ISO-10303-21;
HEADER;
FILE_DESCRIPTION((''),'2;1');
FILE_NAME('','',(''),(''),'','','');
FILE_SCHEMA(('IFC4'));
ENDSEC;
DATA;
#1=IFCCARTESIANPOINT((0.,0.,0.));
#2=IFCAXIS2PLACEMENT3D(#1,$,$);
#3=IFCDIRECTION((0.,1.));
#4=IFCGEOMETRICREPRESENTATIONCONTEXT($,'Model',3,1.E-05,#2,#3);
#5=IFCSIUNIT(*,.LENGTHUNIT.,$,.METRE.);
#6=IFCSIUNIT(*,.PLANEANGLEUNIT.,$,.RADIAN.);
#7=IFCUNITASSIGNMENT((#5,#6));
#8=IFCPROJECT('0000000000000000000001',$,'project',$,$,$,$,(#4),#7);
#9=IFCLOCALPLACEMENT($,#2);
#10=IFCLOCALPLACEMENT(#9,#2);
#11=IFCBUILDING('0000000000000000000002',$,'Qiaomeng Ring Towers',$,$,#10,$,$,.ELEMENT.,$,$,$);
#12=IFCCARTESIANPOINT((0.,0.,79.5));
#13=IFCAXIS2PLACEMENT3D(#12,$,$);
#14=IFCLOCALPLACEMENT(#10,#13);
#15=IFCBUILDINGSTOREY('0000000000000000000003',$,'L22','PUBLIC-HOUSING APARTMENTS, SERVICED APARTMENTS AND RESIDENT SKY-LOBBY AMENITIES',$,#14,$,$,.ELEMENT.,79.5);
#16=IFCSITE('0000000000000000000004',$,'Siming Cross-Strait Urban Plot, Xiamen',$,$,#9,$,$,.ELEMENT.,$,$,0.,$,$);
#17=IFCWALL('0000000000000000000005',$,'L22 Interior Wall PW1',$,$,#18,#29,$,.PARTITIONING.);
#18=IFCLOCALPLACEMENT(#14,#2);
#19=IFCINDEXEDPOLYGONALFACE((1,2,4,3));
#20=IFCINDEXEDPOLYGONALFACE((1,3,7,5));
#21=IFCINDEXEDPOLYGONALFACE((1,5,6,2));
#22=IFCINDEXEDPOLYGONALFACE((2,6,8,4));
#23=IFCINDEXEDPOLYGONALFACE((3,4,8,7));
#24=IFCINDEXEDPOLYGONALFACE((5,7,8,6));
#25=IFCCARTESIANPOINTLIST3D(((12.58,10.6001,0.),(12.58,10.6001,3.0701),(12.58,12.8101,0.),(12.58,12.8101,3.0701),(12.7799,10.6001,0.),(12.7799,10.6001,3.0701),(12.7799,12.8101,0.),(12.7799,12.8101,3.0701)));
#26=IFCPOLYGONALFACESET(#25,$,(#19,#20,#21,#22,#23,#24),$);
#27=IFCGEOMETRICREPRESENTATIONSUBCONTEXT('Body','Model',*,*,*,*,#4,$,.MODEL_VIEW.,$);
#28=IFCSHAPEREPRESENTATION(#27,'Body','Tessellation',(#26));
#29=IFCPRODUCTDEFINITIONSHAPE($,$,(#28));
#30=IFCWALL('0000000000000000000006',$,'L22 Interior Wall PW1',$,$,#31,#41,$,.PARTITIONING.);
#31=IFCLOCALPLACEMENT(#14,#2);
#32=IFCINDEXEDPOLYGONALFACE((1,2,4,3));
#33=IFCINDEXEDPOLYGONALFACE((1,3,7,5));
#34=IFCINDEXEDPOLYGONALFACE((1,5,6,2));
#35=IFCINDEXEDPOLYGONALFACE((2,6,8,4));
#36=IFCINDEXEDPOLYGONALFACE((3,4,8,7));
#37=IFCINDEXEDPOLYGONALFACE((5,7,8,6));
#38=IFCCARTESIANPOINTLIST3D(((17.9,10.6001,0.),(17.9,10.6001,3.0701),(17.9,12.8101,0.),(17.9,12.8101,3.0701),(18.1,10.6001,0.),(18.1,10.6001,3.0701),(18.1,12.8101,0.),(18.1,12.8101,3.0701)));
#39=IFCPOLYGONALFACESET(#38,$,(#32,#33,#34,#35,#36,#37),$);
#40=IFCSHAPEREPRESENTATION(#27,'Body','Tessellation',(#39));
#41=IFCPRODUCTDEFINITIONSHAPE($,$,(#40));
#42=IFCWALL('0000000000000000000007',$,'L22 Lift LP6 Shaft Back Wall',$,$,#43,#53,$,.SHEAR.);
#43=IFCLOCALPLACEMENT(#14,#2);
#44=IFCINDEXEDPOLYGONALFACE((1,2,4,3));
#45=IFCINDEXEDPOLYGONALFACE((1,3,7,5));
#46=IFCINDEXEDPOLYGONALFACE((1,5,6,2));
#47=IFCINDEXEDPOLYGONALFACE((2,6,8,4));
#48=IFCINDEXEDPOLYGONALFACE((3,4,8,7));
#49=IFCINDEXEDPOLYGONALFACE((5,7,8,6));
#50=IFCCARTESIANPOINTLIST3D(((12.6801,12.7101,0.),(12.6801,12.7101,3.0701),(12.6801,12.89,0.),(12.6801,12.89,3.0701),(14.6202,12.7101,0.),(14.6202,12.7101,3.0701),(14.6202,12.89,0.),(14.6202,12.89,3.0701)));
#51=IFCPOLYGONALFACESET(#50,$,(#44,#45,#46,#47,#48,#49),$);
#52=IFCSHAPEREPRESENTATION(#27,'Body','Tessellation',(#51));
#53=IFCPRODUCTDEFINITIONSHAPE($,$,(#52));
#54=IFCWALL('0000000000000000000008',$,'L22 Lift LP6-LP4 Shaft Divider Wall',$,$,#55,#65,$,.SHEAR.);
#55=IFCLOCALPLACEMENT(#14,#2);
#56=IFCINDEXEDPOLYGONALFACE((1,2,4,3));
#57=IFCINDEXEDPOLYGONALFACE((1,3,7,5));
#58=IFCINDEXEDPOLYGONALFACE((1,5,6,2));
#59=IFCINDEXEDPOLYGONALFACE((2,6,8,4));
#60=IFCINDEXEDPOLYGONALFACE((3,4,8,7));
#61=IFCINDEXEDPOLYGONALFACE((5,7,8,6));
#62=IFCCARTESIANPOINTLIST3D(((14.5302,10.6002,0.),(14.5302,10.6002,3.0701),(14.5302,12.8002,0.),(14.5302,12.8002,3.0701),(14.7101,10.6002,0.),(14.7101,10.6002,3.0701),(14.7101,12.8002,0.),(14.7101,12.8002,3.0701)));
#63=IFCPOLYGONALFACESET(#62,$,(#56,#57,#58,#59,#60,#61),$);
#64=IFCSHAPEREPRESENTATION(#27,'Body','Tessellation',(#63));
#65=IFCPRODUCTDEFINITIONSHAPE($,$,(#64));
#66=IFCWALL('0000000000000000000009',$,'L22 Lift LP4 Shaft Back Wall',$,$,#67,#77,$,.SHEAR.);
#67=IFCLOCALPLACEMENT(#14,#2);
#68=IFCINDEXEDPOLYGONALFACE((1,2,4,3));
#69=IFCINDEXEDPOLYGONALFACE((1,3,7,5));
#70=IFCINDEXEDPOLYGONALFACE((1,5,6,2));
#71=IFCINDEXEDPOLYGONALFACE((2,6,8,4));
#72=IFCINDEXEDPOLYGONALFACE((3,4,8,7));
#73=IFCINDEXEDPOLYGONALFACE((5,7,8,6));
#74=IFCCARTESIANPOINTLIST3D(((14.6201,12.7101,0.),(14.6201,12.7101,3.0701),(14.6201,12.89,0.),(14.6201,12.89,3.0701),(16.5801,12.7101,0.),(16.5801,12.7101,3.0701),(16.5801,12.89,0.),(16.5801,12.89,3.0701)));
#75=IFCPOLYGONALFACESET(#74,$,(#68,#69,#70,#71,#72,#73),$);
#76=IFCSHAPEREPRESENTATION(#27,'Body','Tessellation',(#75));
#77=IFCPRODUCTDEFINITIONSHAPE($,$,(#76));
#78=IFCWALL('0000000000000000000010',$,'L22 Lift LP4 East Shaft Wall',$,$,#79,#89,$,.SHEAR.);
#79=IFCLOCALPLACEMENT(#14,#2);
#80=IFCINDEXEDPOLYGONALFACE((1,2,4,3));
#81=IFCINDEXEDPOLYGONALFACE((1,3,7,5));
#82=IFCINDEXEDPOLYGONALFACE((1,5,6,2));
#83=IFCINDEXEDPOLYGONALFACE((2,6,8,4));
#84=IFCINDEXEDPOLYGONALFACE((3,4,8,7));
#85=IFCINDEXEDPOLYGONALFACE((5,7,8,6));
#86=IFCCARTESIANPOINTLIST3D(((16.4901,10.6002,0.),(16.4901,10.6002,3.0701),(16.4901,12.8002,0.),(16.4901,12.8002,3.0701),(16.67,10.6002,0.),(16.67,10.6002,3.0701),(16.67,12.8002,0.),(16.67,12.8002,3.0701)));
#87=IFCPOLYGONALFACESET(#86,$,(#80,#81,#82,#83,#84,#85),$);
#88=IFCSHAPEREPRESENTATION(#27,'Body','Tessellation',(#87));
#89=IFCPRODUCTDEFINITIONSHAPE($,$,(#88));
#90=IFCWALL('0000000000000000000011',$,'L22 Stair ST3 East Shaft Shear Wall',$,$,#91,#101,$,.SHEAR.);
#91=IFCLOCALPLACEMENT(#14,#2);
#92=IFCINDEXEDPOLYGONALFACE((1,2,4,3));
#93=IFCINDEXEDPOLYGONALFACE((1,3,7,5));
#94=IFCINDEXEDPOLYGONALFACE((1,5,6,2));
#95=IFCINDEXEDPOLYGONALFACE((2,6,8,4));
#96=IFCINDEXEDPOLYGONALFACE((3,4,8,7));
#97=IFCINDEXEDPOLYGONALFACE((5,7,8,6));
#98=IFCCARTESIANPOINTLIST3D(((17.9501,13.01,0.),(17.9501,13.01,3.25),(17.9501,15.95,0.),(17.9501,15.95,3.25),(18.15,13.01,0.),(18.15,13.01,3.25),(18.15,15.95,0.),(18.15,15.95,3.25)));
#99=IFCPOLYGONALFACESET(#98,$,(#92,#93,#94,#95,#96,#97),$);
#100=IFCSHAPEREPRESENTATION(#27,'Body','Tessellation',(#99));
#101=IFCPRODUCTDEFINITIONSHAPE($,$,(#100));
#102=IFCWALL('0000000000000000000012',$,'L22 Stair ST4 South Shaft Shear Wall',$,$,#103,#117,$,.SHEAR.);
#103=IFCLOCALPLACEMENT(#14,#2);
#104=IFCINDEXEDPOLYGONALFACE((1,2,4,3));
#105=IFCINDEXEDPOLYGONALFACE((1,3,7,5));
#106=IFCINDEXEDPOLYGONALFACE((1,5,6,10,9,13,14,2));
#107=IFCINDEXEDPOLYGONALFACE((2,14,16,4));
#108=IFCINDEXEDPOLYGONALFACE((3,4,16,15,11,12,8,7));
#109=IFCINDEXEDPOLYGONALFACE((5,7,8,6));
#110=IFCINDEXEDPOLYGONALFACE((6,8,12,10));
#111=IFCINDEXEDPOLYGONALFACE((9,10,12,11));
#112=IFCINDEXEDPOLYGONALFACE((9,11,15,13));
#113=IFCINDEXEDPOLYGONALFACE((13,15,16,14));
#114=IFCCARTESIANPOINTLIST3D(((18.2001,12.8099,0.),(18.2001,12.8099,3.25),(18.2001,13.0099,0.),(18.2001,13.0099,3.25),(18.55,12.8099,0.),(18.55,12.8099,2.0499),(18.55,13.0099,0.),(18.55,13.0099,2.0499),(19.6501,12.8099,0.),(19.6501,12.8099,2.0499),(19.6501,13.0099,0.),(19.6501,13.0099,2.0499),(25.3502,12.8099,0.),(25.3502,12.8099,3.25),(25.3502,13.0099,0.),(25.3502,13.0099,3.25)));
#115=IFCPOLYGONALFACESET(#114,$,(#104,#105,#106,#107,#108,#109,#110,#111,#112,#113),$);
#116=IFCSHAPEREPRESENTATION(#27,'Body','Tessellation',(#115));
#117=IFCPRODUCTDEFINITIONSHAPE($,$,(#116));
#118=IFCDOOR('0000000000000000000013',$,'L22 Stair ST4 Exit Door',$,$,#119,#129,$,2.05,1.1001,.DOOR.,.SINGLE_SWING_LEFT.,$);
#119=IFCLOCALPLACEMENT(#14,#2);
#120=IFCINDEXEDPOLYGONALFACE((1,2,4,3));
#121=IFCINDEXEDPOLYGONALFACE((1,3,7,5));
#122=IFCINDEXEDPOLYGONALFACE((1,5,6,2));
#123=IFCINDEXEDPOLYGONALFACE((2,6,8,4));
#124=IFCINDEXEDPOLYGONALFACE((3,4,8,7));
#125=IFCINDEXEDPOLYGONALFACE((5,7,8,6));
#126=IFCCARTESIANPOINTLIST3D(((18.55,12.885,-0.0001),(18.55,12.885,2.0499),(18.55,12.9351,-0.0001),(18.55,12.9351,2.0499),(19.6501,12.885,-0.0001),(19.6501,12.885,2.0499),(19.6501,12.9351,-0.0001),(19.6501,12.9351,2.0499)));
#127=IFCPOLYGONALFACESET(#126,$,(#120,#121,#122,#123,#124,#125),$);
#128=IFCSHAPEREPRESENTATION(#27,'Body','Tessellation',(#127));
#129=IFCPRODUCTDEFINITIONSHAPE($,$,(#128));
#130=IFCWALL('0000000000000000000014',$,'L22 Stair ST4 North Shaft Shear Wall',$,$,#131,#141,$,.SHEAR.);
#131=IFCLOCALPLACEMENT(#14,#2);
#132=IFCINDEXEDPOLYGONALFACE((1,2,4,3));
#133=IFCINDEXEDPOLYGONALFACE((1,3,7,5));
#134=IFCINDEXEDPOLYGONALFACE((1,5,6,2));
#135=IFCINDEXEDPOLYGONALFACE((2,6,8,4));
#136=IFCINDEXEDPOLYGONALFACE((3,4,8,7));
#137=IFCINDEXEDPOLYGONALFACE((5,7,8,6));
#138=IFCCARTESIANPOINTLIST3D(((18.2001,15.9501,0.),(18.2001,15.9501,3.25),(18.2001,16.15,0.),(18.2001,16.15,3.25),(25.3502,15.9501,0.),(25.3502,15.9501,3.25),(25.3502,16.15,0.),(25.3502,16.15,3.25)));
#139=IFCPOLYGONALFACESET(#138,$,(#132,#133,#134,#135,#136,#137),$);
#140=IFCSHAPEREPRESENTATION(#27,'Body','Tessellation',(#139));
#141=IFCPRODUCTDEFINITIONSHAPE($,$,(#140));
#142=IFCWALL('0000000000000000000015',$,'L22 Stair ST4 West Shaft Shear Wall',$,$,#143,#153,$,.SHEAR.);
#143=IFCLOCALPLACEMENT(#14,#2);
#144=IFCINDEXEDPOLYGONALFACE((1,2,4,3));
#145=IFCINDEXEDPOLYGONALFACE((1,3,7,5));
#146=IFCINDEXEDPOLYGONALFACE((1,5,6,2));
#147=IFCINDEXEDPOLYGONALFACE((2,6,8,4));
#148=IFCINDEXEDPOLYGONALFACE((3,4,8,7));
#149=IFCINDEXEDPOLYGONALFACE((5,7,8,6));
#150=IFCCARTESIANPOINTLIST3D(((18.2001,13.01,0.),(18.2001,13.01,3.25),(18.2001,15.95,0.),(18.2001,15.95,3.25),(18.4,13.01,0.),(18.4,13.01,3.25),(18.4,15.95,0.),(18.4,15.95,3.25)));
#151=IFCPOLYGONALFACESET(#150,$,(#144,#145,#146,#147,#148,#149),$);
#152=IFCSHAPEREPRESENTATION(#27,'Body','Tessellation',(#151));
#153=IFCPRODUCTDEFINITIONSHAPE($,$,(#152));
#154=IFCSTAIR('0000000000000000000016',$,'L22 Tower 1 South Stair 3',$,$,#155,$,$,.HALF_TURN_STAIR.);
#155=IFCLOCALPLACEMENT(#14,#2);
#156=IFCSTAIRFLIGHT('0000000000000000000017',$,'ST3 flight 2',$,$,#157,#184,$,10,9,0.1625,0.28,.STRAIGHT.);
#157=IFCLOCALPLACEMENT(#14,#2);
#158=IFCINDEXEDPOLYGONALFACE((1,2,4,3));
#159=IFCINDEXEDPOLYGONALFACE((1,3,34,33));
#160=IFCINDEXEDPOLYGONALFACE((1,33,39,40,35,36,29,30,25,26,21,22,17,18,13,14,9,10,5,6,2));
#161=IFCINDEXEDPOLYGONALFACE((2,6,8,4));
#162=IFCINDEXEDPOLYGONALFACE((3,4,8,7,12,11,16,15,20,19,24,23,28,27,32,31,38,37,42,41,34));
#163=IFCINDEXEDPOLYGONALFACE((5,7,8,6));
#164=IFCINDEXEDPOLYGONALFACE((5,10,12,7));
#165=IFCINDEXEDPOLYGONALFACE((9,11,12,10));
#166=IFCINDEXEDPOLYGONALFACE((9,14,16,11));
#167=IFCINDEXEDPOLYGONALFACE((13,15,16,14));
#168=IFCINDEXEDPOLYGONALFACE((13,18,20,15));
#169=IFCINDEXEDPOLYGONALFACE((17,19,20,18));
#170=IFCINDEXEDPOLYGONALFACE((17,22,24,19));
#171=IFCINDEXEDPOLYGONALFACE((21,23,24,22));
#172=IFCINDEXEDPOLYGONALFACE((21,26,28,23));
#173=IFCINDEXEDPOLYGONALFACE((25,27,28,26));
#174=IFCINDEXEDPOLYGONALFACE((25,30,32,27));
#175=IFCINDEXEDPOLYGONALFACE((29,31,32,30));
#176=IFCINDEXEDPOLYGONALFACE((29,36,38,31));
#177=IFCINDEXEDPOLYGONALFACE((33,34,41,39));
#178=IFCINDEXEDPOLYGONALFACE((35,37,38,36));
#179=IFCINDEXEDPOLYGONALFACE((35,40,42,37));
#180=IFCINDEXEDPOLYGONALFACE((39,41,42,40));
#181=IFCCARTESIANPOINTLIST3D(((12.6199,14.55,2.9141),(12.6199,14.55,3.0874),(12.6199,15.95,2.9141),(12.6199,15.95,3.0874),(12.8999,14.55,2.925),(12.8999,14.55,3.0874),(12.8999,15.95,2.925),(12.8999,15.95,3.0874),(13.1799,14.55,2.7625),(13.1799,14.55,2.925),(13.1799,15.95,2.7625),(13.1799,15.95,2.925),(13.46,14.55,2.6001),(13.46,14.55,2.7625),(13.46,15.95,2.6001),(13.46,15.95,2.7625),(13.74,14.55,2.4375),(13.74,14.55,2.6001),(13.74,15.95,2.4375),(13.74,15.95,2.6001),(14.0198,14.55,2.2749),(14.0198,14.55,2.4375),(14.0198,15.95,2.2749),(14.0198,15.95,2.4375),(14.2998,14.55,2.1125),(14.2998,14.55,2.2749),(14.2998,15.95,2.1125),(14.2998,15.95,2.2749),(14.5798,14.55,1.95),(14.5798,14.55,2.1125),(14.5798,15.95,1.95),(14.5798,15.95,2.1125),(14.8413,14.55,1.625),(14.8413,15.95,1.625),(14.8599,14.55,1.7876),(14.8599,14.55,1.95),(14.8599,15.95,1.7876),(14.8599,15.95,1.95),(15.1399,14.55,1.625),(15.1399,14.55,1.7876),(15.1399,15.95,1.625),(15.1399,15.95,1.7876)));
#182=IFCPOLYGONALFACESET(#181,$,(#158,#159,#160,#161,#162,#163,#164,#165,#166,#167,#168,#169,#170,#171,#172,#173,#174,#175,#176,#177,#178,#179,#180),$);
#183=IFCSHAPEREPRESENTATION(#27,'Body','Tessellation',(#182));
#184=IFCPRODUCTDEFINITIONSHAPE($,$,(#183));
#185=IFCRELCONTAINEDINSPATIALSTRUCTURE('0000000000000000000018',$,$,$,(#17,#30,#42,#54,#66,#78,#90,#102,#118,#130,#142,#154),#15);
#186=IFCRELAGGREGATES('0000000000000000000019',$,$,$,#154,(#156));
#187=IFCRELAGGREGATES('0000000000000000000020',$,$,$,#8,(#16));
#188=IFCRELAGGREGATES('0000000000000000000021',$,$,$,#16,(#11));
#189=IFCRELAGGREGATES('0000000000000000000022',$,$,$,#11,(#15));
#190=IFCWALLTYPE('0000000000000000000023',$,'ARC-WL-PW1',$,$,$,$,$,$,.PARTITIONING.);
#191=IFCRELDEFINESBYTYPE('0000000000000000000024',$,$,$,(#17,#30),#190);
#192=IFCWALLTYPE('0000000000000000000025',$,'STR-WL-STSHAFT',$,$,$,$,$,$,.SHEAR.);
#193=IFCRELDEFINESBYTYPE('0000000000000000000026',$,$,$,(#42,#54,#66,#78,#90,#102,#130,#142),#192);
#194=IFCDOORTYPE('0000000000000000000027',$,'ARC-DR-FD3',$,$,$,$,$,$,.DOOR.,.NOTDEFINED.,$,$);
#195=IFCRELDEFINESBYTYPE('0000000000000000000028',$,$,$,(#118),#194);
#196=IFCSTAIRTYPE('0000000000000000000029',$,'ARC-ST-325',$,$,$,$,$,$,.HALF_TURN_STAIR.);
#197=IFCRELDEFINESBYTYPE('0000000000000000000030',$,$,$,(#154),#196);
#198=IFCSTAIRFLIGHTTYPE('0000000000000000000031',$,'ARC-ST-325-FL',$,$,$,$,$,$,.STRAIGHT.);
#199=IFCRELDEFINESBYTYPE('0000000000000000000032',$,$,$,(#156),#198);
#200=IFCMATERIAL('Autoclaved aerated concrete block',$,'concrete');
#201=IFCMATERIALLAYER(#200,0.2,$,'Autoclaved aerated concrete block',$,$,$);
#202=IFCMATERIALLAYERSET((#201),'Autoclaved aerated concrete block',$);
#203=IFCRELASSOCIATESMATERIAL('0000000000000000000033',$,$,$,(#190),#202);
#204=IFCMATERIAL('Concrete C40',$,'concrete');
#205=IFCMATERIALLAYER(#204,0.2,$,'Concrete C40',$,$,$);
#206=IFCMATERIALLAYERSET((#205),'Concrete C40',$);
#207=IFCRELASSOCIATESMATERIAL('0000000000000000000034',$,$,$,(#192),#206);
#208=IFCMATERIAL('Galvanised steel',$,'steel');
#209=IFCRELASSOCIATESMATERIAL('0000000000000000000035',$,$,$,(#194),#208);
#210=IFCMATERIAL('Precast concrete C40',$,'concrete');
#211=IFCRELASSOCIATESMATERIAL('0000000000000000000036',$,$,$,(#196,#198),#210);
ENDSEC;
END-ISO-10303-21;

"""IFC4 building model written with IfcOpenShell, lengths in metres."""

from ifc_helpers import new_model, si_unit, direction, frame, frame_2d, origin, place, context, subcontext, project, spatial, polyline, rectangle, outline, extrude, source, transform, mapped, material, layer, layer_set, type_object, element, fill, aggregate, save


model = new_model("IFC4")

# Units and contexts
model_context = context("Model", 3, precision=1e-05, world=origin(), true_north=direction((0.0, 1.0)))
body_context = subcontext(model_context, "Body", "Model", "MODEL_VIEW")
ifc_project = project(units=[si_unit("LENGTHUNIT", "METRE"), si_unit("PLANEANGLEUNIT", "RADIAN")], contexts=[model_context])

# Site, building, storey
site_placement = place(None, origin())
site = spatial("IfcSite", under=ifc_project, at=site_placement, Name="Siming Cross-Strait Urban Plot, Xiamen", CompositionType="ELEMENT", RefElevation=0.0)
building_placement = place(site_placement, origin())
building = spatial("IfcBuilding", under=site, at=building_placement, Name="Qiaomeng Ring Towers", CompositionType="ELEMENT")
storey_placement = place(building_placement, frame((0.0, 0.0, 79.5)))
storey = spatial("IfcBuildingStorey", under=building, at=storey_placement, Name="L22", Description="PUBLIC-HOUSING APARTMENTS, SERVICED APARTMENTS AND RESIDENT SKY-LOBBY AMENITIES", CompositionType="ELEMENT", Elevation=79.5)

# Walls
ifc_material_1 = material(Name="Autoclaved aerated concrete block", Category="concrete")
ifc_layer_1 = layer(ifc_material_1, 0.2, Name="Autoclaved aerated concrete block")
ifc_layer_set_1 = layer_set([ifc_layer_1], Name="Autoclaved aerated concrete block")
wall_type_1 = type_object("IfcWallType", Name="ARC-WL-PW1", PredefinedType="PARTITIONING", material=ifc_layer_set_1)
for number, where, z_axis, x_axis, name in (
    (1, (12.6799, 10.6001, 0.0), (0.0, 0.0, 1.0), (0.0, 1.0, 0.0), "L22 Interior Wall PW1"),
    (2, (18.0, 10.6001, 0.0), (0.0, 0.0, 1.0), (0.0, 1.0, 0.0), "L22 Interior Wall PW1"),
):
    element("IfcWall", number, at=place(storey_placement, frame(where, z_axis=z_axis, x_axis=x_axis)), inside=storey, type_object=wall_type_1, Name=name, PredefinedType="PARTITIONING", context=body_context, shape_type="SweptSolid", body=[
        extrude(rectangle(XDim=2.21, YDim=0.2, at=frame_2d((1.105, 0.0))), origin(), (0.0, 0.0, 1.0), 3.0701),
    ])
ifc_material_2 = material(Name="Concrete C40", Category="concrete")
ifc_layer_2 = layer(ifc_material_2, 0.2, Name="Concrete C40")
ifc_layer_set_2 = layer_set([ifc_layer_2], Name="Concrete C40")
wall_type_2 = type_object("IfcWallType", Name="STR-WL-STSHAFT", PredefinedType="SHEAR", material=ifc_layer_set_2)
wall_1_placement = place(storey_placement, frame((12.6799, 12.8, 0.0), z_axis=(0.0, 0.0, 1.0), x_axis=(1.0, 0.0, 0.0)))
element("IfcWall", 3, at=wall_1_placement, inside=storey, type_object=wall_type_2, Name="L22 Lift LP6 Shaft Back Wall", PredefinedType="SHEAR", context=body_context, shape_type="SweptSolid", body=[
    extrude(rectangle(XDim=1.9402, YDim=0.1799, at=frame_2d((0.9702, 0.0))), origin(), (0.0, 0.0, 1.0), 3.0701),
])
wall_2_placement = place(storey_placement, frame((14.6201, 10.6001, 0.0), z_axis=(0.0, 0.0, 1.0), x_axis=(0.0, 1.0, 0.0)))
element("IfcWall", 4, at=wall_2_placement, inside=storey, type_object=wall_type_2, Name="L22 Lift LP6-LP4 Shaft Divider Wall", PredefinedType="SHEAR", context=body_context, shape_type="SweptSolid", body=[
    extrude(rectangle(XDim=2.2, YDim=0.1799, at=frame_2d((1.1001, 0.0))), origin(), (0.0, 0.0, 1.0), 3.0701),
])
wall_3_placement = place(storey_placement, frame((14.6201, 12.8, 0.0), z_axis=(0.0, 0.0, 1.0), x_axis=(1.0, 0.0, 0.0)))
element("IfcWall", 5, at=wall_3_placement, inside=storey, type_object=wall_type_2, Name="L22 Lift LP4 Shaft Back Wall", PredefinedType="SHEAR", context=body_context, shape_type="SweptSolid", body=[
    extrude(rectangle(XDim=1.96, YDim=0.1799, at=frame_2d((0.98, 0.0))), origin(), (0.0, 0.0, 1.0), 3.0701),
])
wall_4_placement = place(storey_placement, frame((16.5801, 10.6001, 0.0), z_axis=(0.0, 0.0, 1.0), x_axis=(0.0, 1.0, 0.0)))
element("IfcWall", 6, at=wall_4_placement, inside=storey, type_object=wall_type_2, Name="L22 Lift LP4 East Shaft Wall", PredefinedType="SHEAR", context=body_context, shape_type="SweptSolid", body=[
    extrude(rectangle(XDim=2.2, YDim=0.1799, at=frame_2d((1.1001, 0.0))), origin(), (0.0, 0.0, 1.0), 3.0701),
])
wall_5_placement = place(storey_placement, frame((18.05, 13.01, 0.0), z_axis=(0.0, 0.0, 1.0), x_axis=(0.0, 1.0, 0.0)))
element("IfcWall", 7, at=wall_5_placement, inside=storey, type_object=wall_type_2, Name="L22 Stair ST3 East Shaft Shear Wall", PredefinedType="SHEAR", context=body_context, shape_type="SweptSolid", body=[
    extrude(rectangle(XDim=2.9399, YDim=0.2, at=frame_2d((1.47, 0.0))), origin(), (0.0, 0.0, 1.0), 3.25),
])

# Wall, opening, door
wall_6_placement = place(storey_placement, frame((18.2, 12.9099, 0.0), z_axis=(0.0, 0.0, 1.0), x_axis=(1.0, 0.0, 0.0)))
wall_6 = element("IfcWall", 8, at=wall_6_placement, inside=storey, type_object=wall_type_2, Name="L22 Stair ST4 South Shaft Shear Wall", PredefinedType="SHEAR", context=body_context, shape_type="SweptSolid", body=[
    extrude(rectangle(XDim=7.1501, YDim=0.2, at=frame_2d((3.5752, 0.0))), origin(), (0.0, 0.0, 1.0), 3.25),
])
opening_placement = place(wall_6_placement, frame((0.3501, 0.0, 0.0)))
opening = element("IfcOpeningElement", 9, at=opening_placement, cuts=wall_6, PredefinedType="OPENING", context=body_context, shape_type="SweptSolid", body=[
    extrude(rectangle(XDim=1.1001, YDim=2.05, at=frame_2d((0.55, 1.0249))), frame((0.0, 0.1099, 0.0), z_axis=(0.0, -1.0, 0.0), x_axis=(1.0, 0.0, 0.0)), (0.0, 0.0, 1.0), 0.22),
])
ifc_material_3 = material(Name="Galvanised steel", Category="steel")
door_type = type_object("IfcDoorType", Name="ARC-DR-FD3", OperationType="NOTDEFINED", PredefinedType="DOOR", material=ifc_material_3)
shared_shape_1 = source(origin(), body_context, "Body", "SweptSolid", [
    extrude(rectangle(XDim=1.1001, YDim=2.05, at=frame_2d((0.55, 1.0249))), frame((0.0, 0.0249, 0.0), z_axis=(0.0, -1.0, 0.0), x_axis=(1.0, 0.0, 0.0)), (0.0, 0.0, 1.0), 0.05),
])
door_placement = place(opening_placement, frame((1.1001, 0.0, 0.0), z_axis=(0.0, 0.0, 1.0), x_axis=(-1.0, 0.0, 0.0)))
door = element("IfcDoor", 10, at=door_placement, inside=storey, type_object=door_type, Name="L22 Stair ST4 Exit Door", OperationType="SINGLE_SWING_LEFT", OverallHeight=2.05, OverallWidth=1.1001, PredefinedType="DOOR", context=body_context, shape_type="MappedRepresentation", body=[
    mapped(shared_shape_1, transform((0.0, 0.0, 0.0), x_axis=(1.0, 0.0, 0.0), y_axis=(0.0, 1.0, 0.0), z_axis=(0.0, 0.0, 1.0), scale=1.0)),
])
fill(opening, door)

# Walls
wall_7_placement = place(storey_placement, frame((18.2, 16.05, 0.0), z_axis=(0.0, 0.0, 1.0), x_axis=(1.0, 0.0, 0.0)))
element("IfcWall", 11, at=wall_7_placement, inside=storey, type_object=wall_type_2, Name="L22 Stair ST4 North Shaft Shear Wall", PredefinedType="SHEAR", context=body_context, shape_type="SweptSolid", body=[
    extrude(rectangle(XDim=7.1501, YDim=0.2, at=frame_2d((3.5752, 0.0))), origin(), (0.0, 0.0, 1.0), 3.25),
])
wall_8_placement = place(storey_placement, frame((18.3, 13.01, 0.0), z_axis=(0.0, 0.0, 1.0), x_axis=(0.0, 1.0, 0.0)))
element("IfcWall", 12, at=wall_8_placement, inside=storey, type_object=wall_type_2, Name="L22 Stair ST4 West Shaft Shear Wall", PredefinedType="SHEAR", context=body_context, shape_type="SweptSolid", body=[
    extrude(rectangle(XDim=2.9399, YDim=0.2, at=frame_2d((1.47, 0.0))), origin(), (0.0, 0.0, 1.0), 3.25),
])

# Stair, stair flight
ifc_material_4 = material(Name="Precast concrete C40", Category="concrete")
stair_type = type_object("IfcStairType", Name="ARC-ST-325", PredefinedType="HALF_TURN_STAIR", material=ifc_material_4)
stair_1_placement = place(storey_placement, origin())
stair_1 = element("IfcStair", 13, at=stair_1_placement, inside=storey, type_object=stair_type, Name="L22 Tower 1 South Stair 3", PredefinedType="HALF_TURN_STAIR")
stair_flight_type = type_object("IfcStairFlightType", Name="ARC-ST-325-FL", PredefinedType="STRAIGHT", material=ifc_material_4)
shared_shape_2 = source(origin(), body_context, "Body", "SweptSolid", [
    extrude(outline(polyline([(0.0, 0.0), (0.0, 0.1626), (0.28, 0.1626), (0.28, 0.325), (0.5601, 0.325), (0.5601, 0.4875), (0.8401, 0.4875), (0.8401, 0.6499), (1.1201, 0.6499), (1.1201, 0.8125), (1.3999, 0.8125), (1.3999, 0.9751), (1.6799, 0.9751), (1.6799, 1.1375), (1.96, 1.1375), (1.96, 1.3), (2.24, 1.3), (2.24, 1.4624), (2.52, 1.4624), (2.52, 1.625), (2.52, 1.2891), (0.2986, 0.0), (0.0, 0.0)])), frame((0.0, 0.7, 0.0), z_axis=(0.0, -1.0, 0.0), x_axis=(1.0, 0.0, 0.0)), (0.0, 0.0, 1.0), 1.3999),
])
stair_flight_1_placement = place(storey_placement, frame((15.1399, 15.25, 1.625), z_axis=(0.0, 0.0, 1.0), x_axis=(-1.0, 0.0, 0.0)))
stair_flight_1 = element("IfcStairFlight", 14, at=stair_flight_1_placement, type_object=stair_flight_type, Name="ST3 flight 2", NumberOfRisers=10, NumberOfTreads=9, PredefinedType="STRAIGHT", RiserHeight=0.1625, TreadLength=0.28, context=body_context, shape_type="MappedRepresentation", body=[
    mapped(shared_shape_2, transform((0.0, 0.0, 0.0), x_axis=(1.0, 0.0, 0.0), y_axis=(0.0, 1.0, 0.0), z_axis=(0.0, 0.0, 1.0), scale=1.0)),
])
aggregate(stair_1, [stair_flight_1])

save(model, "model.ifc")
